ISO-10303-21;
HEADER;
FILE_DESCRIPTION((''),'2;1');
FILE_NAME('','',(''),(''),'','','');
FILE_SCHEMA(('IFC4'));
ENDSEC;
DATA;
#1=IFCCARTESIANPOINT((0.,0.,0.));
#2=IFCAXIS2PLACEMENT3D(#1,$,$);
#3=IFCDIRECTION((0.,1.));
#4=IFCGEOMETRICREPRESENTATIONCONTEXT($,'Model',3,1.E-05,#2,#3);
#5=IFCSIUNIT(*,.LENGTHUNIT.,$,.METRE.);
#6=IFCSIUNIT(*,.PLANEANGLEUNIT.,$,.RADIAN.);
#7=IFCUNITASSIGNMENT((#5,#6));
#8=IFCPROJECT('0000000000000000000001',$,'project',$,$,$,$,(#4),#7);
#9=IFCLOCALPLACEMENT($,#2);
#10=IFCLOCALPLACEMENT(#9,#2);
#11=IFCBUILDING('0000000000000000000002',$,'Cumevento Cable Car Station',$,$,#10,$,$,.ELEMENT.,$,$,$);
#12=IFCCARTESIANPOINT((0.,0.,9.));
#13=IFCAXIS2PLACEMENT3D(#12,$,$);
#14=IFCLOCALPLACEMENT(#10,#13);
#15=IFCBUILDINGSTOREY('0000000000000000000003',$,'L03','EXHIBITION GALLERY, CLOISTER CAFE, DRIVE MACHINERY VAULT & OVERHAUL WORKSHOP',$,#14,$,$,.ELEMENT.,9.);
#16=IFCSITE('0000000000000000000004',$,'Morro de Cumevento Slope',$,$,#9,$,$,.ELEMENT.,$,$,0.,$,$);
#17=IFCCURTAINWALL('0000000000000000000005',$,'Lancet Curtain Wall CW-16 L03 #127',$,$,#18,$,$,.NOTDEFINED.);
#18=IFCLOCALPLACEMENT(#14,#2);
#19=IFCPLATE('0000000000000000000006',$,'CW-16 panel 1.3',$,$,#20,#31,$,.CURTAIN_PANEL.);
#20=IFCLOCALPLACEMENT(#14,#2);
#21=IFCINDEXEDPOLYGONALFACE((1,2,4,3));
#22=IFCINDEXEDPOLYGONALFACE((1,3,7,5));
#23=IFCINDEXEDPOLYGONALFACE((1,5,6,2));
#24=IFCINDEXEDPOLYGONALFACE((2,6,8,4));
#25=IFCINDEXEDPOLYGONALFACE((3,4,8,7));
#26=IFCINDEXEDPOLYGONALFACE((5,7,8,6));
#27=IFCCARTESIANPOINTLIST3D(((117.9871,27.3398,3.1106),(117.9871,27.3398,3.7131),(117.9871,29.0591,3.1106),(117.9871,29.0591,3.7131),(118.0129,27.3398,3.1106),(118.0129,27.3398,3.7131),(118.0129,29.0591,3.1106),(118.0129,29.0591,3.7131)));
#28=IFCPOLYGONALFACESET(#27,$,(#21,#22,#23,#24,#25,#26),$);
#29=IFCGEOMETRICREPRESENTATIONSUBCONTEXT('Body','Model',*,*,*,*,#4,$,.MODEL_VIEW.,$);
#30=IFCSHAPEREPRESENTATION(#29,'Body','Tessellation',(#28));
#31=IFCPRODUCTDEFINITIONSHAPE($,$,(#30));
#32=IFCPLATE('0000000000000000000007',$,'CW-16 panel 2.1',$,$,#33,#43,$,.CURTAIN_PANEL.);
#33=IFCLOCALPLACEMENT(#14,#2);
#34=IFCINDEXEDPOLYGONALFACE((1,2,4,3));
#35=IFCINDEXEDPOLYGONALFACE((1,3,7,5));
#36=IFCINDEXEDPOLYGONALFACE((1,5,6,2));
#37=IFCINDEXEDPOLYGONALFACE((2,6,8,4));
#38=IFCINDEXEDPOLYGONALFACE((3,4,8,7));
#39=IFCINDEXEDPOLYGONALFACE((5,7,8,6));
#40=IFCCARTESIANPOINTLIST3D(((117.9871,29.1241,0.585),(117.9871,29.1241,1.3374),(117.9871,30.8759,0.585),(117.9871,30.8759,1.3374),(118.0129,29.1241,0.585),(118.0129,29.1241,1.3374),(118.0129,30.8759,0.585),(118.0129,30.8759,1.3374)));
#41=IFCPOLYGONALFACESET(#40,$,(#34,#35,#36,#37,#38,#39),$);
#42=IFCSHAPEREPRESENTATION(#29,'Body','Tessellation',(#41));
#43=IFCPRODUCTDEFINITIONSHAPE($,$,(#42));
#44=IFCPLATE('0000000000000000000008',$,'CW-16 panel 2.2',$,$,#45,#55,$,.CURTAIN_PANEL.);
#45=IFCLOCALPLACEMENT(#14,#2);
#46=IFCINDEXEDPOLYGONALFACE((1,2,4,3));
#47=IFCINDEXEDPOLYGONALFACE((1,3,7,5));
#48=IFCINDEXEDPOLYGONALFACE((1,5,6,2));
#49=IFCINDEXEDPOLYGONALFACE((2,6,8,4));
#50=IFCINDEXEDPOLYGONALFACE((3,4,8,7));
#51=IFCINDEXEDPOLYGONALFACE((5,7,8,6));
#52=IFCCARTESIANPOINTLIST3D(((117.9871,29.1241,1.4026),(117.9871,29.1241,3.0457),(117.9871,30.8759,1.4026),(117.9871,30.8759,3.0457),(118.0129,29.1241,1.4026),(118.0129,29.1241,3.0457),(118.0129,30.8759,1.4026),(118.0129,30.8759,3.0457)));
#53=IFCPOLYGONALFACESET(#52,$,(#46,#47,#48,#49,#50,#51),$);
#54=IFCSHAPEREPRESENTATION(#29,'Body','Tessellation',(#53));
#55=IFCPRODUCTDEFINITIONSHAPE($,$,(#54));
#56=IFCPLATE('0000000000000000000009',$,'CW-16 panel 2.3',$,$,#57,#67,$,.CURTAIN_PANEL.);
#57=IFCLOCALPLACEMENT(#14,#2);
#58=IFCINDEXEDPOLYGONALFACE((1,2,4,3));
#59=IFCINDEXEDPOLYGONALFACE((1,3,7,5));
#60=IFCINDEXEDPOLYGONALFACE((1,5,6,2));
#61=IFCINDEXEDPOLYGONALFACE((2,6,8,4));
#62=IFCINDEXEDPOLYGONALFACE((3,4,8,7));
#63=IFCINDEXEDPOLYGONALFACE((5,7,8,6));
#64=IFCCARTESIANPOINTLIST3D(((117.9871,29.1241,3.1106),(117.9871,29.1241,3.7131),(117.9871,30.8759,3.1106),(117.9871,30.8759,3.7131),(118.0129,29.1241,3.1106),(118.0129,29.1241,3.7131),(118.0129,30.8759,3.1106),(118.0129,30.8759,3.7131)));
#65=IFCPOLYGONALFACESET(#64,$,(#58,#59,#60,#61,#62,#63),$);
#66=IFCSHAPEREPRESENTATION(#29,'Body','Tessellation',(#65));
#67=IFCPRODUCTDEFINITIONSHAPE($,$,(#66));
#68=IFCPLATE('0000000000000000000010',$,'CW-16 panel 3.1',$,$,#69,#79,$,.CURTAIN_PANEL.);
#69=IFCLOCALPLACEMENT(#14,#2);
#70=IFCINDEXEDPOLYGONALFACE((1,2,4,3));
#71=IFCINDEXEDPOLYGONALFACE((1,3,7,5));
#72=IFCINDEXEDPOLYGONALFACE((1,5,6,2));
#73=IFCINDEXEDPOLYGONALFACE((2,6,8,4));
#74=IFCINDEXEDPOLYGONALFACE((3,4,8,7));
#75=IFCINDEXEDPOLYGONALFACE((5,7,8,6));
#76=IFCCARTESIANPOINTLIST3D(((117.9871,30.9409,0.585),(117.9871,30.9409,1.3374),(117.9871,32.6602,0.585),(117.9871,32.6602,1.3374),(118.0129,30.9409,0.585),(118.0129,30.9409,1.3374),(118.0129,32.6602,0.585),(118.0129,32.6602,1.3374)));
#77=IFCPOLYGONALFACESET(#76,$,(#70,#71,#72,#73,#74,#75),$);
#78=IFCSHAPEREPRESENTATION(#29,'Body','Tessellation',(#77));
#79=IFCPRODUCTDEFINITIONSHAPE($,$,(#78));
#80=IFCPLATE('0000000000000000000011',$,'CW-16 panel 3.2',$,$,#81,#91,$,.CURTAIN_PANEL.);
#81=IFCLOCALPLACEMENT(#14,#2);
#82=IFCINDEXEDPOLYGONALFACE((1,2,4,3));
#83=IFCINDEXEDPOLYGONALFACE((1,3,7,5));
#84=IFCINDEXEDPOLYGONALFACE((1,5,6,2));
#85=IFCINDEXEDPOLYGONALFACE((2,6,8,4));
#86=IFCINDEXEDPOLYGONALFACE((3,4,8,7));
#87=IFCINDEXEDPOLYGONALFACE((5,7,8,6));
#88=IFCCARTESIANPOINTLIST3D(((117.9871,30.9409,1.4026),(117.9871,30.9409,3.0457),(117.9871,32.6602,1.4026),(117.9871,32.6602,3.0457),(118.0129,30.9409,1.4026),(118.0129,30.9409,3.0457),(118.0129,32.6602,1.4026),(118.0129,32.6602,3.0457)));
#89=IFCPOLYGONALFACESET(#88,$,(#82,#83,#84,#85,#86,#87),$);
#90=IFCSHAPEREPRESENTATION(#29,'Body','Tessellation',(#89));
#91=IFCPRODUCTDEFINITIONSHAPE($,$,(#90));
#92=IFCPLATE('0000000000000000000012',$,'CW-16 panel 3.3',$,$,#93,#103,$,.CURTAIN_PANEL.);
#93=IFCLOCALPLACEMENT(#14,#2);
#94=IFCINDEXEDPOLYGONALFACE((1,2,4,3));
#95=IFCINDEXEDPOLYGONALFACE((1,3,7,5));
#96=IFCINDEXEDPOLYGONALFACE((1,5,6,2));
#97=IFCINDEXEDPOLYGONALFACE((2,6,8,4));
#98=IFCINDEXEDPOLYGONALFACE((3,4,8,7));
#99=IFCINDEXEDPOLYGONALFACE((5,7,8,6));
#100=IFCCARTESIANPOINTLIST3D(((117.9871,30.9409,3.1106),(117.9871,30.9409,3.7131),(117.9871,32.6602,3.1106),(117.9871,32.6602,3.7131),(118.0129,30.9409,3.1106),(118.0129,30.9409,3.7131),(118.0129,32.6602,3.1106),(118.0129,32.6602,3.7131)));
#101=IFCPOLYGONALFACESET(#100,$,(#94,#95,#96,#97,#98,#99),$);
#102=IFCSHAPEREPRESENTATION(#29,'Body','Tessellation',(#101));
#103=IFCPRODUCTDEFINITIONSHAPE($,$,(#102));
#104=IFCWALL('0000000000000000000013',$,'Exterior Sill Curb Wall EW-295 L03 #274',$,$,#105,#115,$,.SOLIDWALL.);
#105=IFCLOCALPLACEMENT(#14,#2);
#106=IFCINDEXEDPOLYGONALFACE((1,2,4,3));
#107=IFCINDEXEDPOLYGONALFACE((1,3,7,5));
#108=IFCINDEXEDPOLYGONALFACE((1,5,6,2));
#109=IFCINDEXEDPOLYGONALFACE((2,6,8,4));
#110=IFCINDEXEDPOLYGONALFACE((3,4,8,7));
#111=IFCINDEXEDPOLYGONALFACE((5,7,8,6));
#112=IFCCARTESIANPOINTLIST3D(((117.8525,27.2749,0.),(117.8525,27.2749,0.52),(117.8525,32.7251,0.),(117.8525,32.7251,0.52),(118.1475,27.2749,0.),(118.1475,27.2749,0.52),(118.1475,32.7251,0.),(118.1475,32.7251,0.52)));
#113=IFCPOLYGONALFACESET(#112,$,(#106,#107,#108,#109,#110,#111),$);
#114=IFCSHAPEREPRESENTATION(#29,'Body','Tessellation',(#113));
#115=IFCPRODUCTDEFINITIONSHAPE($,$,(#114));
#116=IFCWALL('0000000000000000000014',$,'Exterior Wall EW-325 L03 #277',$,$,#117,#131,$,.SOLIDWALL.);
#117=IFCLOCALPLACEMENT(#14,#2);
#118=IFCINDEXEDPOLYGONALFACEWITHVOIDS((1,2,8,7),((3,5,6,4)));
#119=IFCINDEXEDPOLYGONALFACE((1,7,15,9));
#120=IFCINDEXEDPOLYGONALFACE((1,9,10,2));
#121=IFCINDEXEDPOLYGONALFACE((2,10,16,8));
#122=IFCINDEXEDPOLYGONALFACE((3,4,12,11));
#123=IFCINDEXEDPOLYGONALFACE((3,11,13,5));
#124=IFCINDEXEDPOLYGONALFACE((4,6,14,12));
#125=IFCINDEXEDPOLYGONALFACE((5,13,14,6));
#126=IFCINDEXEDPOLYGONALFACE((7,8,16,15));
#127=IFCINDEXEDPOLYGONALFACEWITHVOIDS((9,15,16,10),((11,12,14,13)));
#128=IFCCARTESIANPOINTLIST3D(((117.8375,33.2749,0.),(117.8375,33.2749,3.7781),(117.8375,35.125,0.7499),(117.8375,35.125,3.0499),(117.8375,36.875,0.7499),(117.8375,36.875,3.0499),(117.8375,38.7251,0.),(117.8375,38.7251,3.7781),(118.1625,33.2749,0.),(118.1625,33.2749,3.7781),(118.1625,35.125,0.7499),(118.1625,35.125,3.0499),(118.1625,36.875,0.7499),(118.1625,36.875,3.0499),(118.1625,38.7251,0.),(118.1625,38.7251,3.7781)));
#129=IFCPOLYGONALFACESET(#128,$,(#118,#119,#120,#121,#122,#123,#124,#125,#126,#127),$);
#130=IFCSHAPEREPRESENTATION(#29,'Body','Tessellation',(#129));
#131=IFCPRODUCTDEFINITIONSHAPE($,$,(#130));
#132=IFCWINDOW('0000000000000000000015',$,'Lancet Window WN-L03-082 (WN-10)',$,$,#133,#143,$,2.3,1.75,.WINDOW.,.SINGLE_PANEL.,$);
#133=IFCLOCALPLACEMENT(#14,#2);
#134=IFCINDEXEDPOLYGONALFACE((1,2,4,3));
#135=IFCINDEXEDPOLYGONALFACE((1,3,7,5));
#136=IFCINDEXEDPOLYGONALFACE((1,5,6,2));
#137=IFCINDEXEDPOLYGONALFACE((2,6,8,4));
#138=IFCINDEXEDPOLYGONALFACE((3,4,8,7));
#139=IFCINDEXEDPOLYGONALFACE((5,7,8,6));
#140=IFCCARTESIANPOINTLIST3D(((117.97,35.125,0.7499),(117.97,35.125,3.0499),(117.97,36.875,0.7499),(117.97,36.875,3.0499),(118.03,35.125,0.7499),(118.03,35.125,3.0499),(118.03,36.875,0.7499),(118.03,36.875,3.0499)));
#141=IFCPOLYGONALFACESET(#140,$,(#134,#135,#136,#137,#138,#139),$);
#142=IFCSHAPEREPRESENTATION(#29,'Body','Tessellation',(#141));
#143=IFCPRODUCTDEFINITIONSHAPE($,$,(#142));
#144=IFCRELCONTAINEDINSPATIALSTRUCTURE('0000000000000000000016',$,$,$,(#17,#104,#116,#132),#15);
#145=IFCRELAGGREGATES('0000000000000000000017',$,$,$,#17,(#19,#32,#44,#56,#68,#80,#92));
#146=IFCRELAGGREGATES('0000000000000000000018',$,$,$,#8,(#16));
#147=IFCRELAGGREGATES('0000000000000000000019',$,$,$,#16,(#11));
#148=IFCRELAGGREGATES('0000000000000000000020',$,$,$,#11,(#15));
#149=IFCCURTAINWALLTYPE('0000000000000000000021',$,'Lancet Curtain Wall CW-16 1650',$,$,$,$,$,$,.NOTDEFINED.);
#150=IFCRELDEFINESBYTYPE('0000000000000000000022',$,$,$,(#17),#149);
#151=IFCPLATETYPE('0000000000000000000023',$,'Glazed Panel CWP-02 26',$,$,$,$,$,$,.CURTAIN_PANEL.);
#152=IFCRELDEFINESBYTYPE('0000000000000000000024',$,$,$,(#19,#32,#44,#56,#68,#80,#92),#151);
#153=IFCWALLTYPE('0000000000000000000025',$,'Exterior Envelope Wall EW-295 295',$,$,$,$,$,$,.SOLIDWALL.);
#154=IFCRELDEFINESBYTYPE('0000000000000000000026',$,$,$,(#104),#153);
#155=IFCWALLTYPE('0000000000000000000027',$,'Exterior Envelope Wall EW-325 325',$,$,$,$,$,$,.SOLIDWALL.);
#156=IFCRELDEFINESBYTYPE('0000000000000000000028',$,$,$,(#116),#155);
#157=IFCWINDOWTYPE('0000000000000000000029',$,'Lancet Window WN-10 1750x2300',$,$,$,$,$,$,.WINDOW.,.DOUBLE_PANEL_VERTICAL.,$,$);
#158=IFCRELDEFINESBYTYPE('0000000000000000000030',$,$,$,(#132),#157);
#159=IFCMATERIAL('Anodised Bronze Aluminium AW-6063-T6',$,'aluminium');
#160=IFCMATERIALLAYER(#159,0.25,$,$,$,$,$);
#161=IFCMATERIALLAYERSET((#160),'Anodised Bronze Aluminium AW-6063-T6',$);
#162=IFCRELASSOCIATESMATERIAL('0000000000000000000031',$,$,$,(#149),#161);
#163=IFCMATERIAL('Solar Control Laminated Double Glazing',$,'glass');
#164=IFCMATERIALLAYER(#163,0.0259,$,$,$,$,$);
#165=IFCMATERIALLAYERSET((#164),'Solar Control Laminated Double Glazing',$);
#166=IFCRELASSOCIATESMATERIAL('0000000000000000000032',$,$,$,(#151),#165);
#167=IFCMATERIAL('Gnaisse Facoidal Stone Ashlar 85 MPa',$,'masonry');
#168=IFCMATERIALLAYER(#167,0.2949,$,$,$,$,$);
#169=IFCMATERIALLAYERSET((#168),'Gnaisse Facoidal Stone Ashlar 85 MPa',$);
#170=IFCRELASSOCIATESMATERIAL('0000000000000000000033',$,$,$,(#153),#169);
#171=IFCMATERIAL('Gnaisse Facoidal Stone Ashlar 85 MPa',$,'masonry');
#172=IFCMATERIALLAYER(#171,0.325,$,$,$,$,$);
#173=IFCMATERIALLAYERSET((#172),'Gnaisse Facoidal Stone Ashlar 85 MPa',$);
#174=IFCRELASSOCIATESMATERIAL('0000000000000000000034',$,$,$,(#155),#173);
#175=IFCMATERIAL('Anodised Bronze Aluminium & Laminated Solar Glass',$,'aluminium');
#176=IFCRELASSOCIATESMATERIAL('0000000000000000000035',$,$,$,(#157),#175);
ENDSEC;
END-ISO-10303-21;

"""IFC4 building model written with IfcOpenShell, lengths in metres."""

from ifc_helpers import new_model, si_unit, direction, frame, frame_2d, origin, origin_2d, place, context, subcontext, project, spatial, rectangle, extrude, material, layer, layer_set, type_object, element, fill, aggregate, save


model = new_model("IFC4")

# Units and contexts
model_context = context("Model", 3, precision=1e-05, world=origin(), true_north=direction((0.0, 1.0)))
body_context = subcontext(model_context, "Body", "Model", "MODEL_VIEW")
ifc_project = project(units=[si_unit("LENGTHUNIT", "METRE"), si_unit("PLANEANGLEUNIT", "RADIAN")], contexts=[model_context])

# Site, building, storey
site_placement = place(None, origin())
site = spatial("IfcSite", under=ifc_project, at=site_placement, Name="Morro de Cumevento Slope", CompositionType="ELEMENT", RefElevation=0.0)
building_placement = place(site_placement, origin())
building = spatial("IfcBuilding", under=site, at=building_placement, Name="Cumevento Cable Car Station", CompositionType="ELEMENT")
storey_placement = place(building_placement, frame((0.0, 0.0, 9.0)))
storey = spatial("IfcBuildingStorey", under=building, at=storey_placement, Name="L03", Description="EXHIBITION GALLERY, CLOISTER CAFE, DRIVE MACHINERY VAULT & OVERHAUL WORKSHOP", CompositionType="ELEMENT", Elevation=9.0)

# Curtain wall
ifc_material_1 = material(Name="Anodised Bronze Aluminium AW-6063-T6", Category="aluminium")
ifc_layer_1 = layer(ifc_material_1, 0.25)
ifc_layer_set_1 = layer_set([ifc_layer_1], Name="Anodised Bronze Aluminium AW-6063-T6")
curtain_wall_type = type_object("IfcCurtainWallType", Name="Lancet Curtain Wall CW-16 1650", PredefinedType="NOTDEFINED", material=ifc_layer_set_1)
curtain_wall_placement = place(storey_placement, origin())
curtain_wall = element("IfcCurtainWall", 1, at=curtain_wall_placement, inside=storey, type_object=curtain_wall_type, Name="Lancet Curtain Wall CW-16 L03 #127", PredefinedType="NOTDEFINED")

# Plates
ifc_material_2 = material(Name="Solar Control Laminated Double Glazing", Category="glass")
ifc_layer_2 = layer(ifc_material_2, 0.0259)
ifc_layer_set_2 = layer_set([ifc_layer_2], Name="Solar Control Laminated Double Glazing")
plate_type = type_object("IfcPlateType", Name="Glazed Panel CWP-02 26", PredefinedType="CURTAIN_PANEL", material=ifc_layer_set_2)
plate_1_placement = place(storey_placement, frame((118.0, 28.1995, 3.1106), z_axis=(0.0, 0.0, 1.0), x_axis=(0.0, 1.0, 0.0)))
plate_1 = element("IfcPlate", 2, at=plate_1_placement, type_object=plate_type, Name="CW-16 panel 1.3", PredefinedType="CURTAIN_PANEL", context=body_context, shape_type="SweptSolid", body=[
    extrude(rectangle(XDim=1.7192, YDim=0.0259, at=origin_2d()), origin(), (0.0, 0.0, 1.0), 0.6025),
])
plate_2_placement = place(storey_placement, frame((118.0, 30.0, 0.585), z_axis=(0.0, 0.0, 1.0), x_axis=(0.0, 1.0, 0.0)))
plate_2 = element("IfcPlate", 3, at=plate_2_placement, type_object=plate_type, Name="CW-16 panel 2.1", PredefinedType="CURTAIN_PANEL", context=body_context, shape_type="SweptSolid", body=[
    extrude(rectangle(XDim=1.7517, YDim=0.0259, at=origin_2d()), origin(), (0.0, 0.0, 1.0), 0.7524),
])
plate_3_placement = place(storey_placement, frame((118.0, 30.0, 1.4026), z_axis=(0.0, 0.0, 1.0), x_axis=(0.0, 1.0, 0.0)))
plate_3 = element("IfcPlate", 4, at=plate_3_placement, type_object=plate_type, Name="CW-16 panel 2.2", PredefinedType="CURTAIN_PANEL", context=body_context, shape_type="SweptSolid", body=[
    extrude(rectangle(XDim=1.7517, YDim=0.0259, at=origin_2d()), origin(), (0.0, 0.0, 1.0), 1.6431),
])
plate_4_placement = place(storey_placement, frame((118.0, 30.0, 3.1106), z_axis=(0.0, 0.0, 1.0), x_axis=(0.0, 1.0, 0.0)))
plate_4 = element("IfcPlate", 5, at=plate_4_placement, type_object=plate_type, Name="CW-16 panel 2.3", PredefinedType="CURTAIN_PANEL", context=body_context, shape_type="SweptSolid", body=[
    extrude(rectangle(XDim=1.7517, YDim=0.0259, at=origin_2d()), origin(), (0.0, 0.0, 1.0), 0.6025),
])
plate_5_placement = place(storey_placement, frame((118.0, 31.8005, 0.585), z_axis=(0.0, 0.0, 1.0), x_axis=(0.0, 1.0, 0.0)))
plate_5 = element("IfcPlate", 6, at=plate_5_placement, type_object=plate_type, Name="CW-16 panel 3.1", PredefinedType="CURTAIN_PANEL", context=body_context, shape_type="SweptSolid", body=[
    extrude(rectangle(XDim=1.7192, YDim=0.0259, at=origin_2d()), origin(), (0.0, 0.0, 1.0), 0.7524),
])
plate_6_placement = place(storey_placement, frame((118.0, 31.8005, 1.4026), z_axis=(0.0, 0.0, 1.0), x_axis=(0.0, 1.0, 0.0)))
plate_6 = element("IfcPlate", 7, at=plate_6_placement, type_object=plate_type, Name="CW-16 panel 3.2", PredefinedType="CURTAIN_PANEL", context=body_context, shape_type="SweptSolid", body=[
    extrude(rectangle(XDim=1.7192, YDim=0.0259, at=origin_2d()), origin(), (0.0, 0.0, 1.0), 1.6431),
])
plate_7_placement = place(storey_placement, frame((118.0, 31.8005, 3.1106), z_axis=(0.0, 0.0, 1.0), x_axis=(0.0, 1.0, 0.0)))
plate_7 = element("IfcPlate", 8, at=plate_7_placement, type_object=plate_type, Name="CW-16 panel 3.3", PredefinedType="CURTAIN_PANEL", context=body_context, shape_type="SweptSolid", body=[
    extrude(rectangle(XDim=1.7192, YDim=0.0259, at=origin_2d()), origin(), (0.0, 0.0, 1.0), 0.6025),
])
aggregate(curtain_wall, [plate_1, plate_2, plate_3, plate_4, plate_5, plate_6, plate_7])

# Wall
ifc_material_3 = material(Name="Gnaisse Facoidal Stone Ashlar 85 MPa", Category="masonry")
ifc_layer_3 = layer(ifc_material_3, 0.2949)
ifc_layer_set_3 = layer_set([ifc_layer_3], Name="Gnaisse Facoidal Stone Ashlar 85 MPa")
wall_type_1 = type_object("IfcWallType", Name="Exterior Envelope Wall EW-295 295", PredefinedType="SOLIDWALL", material=ifc_layer_set_3)
wall_1_placement = place(storey_placement, frame((118.0, 27.2749, 0.0), z_axis=(0.0, 0.0, 1.0), x_axis=(0.0, 1.0, 0.0)))
element("IfcWall", 9, at=wall_1_placement, inside=storey, type_object=wall_type_1, Name="Exterior Sill Curb Wall EW-295 L03 #274", PredefinedType="SOLIDWALL", context=body_context, shape_type="SweptSolid", body=[
    extrude(rectangle(XDim=5.4502, YDim=0.2949, at=frame_2d((2.7251, 0.0))), origin(), (0.0, 0.0, 1.0), 0.52),
])

# Wall, opening, window
ifc_material_4 = material(Name="Gnaisse Facoidal Stone Ashlar 85 MPa", Category="masonry")
ifc_layer_4 = layer(ifc_material_4, 0.325)
ifc_layer_set_4 = layer_set([ifc_layer_4], Name="Gnaisse Facoidal Stone Ashlar 85 MPa")
wall_type_2 = type_object("IfcWallType", Name="Exterior Envelope Wall EW-325 325", PredefinedType="SOLIDWALL", material=ifc_layer_set_4)
wall_2_placement = place(storey_placement, frame((118.0, 33.2749, 0.0), z_axis=(0.0, 0.0, 1.0), x_axis=(0.0, 1.0, 0.0)))
wall_2 = element("IfcWall", 10, at=wall_2_placement, inside=storey, type_object=wall_type_2, Name="Exterior Wall EW-325 L03 #277", PredefinedType="SOLIDWALL", context=body_context, shape_type="SweptSolid", body=[
    extrude(rectangle(XDim=5.4502, YDim=0.325, at=frame_2d((2.7251, 0.0))), origin(), (0.0, 0.0, 1.0), 3.7781),
])
opening_placement = place(wall_2_placement, frame((1.8501, 0.0, 0.75)))
opening = element("IfcOpeningElement", 11, at=opening_placement, cuts=wall_2, PredefinedType="OPENING", context=body_context, shape_type="SweptSolid", body=[
    extrude(rectangle(XDim=1.75, YDim=2.3, at=frame_2d((0.875, 1.1499))), frame((0.0, 0.1726, 0.0), z_axis=(0.0, -1.0, 0.0), x_axis=(1.0, 0.0, 0.0)), (0.0, 0.0, 1.0), 0.345),
])
ifc_material_5 = material(Name="Anodised Bronze Aluminium & Laminated Solar Glass", Category="aluminium")
window_type = type_object("IfcWindowType", Name="Lancet Window WN-10 1750x2300", PartitioningType="DOUBLE_PANEL_VERTICAL", PredefinedType="WINDOW", material=ifc_material_5)
window_placement = place(opening_placement, origin())
window = element("IfcWindow", 12, at=window_placement, inside=storey, type_object=window_type, Name="Lancet Window WN-L03-082 (WN-10)", OverallHeight=2.3, OverallWidth=1.75, PartitioningType="SINGLE_PANEL", PredefinedType="WINDOW", context=body_context, shape_type="SweptSolid", body=[
    extrude(rectangle(XDim=1.75, YDim=2.3, at=frame_2d((0.875, 1.1499))), frame((0.0, 0.03, 0.0), z_axis=(0.0, -1.0, 0.0), x_axis=(1.0, 0.0, 0.0)), (0.0, 0.0, 1.0), 0.0601),
])
fill(opening, window)

save(model, "model.ifc")
